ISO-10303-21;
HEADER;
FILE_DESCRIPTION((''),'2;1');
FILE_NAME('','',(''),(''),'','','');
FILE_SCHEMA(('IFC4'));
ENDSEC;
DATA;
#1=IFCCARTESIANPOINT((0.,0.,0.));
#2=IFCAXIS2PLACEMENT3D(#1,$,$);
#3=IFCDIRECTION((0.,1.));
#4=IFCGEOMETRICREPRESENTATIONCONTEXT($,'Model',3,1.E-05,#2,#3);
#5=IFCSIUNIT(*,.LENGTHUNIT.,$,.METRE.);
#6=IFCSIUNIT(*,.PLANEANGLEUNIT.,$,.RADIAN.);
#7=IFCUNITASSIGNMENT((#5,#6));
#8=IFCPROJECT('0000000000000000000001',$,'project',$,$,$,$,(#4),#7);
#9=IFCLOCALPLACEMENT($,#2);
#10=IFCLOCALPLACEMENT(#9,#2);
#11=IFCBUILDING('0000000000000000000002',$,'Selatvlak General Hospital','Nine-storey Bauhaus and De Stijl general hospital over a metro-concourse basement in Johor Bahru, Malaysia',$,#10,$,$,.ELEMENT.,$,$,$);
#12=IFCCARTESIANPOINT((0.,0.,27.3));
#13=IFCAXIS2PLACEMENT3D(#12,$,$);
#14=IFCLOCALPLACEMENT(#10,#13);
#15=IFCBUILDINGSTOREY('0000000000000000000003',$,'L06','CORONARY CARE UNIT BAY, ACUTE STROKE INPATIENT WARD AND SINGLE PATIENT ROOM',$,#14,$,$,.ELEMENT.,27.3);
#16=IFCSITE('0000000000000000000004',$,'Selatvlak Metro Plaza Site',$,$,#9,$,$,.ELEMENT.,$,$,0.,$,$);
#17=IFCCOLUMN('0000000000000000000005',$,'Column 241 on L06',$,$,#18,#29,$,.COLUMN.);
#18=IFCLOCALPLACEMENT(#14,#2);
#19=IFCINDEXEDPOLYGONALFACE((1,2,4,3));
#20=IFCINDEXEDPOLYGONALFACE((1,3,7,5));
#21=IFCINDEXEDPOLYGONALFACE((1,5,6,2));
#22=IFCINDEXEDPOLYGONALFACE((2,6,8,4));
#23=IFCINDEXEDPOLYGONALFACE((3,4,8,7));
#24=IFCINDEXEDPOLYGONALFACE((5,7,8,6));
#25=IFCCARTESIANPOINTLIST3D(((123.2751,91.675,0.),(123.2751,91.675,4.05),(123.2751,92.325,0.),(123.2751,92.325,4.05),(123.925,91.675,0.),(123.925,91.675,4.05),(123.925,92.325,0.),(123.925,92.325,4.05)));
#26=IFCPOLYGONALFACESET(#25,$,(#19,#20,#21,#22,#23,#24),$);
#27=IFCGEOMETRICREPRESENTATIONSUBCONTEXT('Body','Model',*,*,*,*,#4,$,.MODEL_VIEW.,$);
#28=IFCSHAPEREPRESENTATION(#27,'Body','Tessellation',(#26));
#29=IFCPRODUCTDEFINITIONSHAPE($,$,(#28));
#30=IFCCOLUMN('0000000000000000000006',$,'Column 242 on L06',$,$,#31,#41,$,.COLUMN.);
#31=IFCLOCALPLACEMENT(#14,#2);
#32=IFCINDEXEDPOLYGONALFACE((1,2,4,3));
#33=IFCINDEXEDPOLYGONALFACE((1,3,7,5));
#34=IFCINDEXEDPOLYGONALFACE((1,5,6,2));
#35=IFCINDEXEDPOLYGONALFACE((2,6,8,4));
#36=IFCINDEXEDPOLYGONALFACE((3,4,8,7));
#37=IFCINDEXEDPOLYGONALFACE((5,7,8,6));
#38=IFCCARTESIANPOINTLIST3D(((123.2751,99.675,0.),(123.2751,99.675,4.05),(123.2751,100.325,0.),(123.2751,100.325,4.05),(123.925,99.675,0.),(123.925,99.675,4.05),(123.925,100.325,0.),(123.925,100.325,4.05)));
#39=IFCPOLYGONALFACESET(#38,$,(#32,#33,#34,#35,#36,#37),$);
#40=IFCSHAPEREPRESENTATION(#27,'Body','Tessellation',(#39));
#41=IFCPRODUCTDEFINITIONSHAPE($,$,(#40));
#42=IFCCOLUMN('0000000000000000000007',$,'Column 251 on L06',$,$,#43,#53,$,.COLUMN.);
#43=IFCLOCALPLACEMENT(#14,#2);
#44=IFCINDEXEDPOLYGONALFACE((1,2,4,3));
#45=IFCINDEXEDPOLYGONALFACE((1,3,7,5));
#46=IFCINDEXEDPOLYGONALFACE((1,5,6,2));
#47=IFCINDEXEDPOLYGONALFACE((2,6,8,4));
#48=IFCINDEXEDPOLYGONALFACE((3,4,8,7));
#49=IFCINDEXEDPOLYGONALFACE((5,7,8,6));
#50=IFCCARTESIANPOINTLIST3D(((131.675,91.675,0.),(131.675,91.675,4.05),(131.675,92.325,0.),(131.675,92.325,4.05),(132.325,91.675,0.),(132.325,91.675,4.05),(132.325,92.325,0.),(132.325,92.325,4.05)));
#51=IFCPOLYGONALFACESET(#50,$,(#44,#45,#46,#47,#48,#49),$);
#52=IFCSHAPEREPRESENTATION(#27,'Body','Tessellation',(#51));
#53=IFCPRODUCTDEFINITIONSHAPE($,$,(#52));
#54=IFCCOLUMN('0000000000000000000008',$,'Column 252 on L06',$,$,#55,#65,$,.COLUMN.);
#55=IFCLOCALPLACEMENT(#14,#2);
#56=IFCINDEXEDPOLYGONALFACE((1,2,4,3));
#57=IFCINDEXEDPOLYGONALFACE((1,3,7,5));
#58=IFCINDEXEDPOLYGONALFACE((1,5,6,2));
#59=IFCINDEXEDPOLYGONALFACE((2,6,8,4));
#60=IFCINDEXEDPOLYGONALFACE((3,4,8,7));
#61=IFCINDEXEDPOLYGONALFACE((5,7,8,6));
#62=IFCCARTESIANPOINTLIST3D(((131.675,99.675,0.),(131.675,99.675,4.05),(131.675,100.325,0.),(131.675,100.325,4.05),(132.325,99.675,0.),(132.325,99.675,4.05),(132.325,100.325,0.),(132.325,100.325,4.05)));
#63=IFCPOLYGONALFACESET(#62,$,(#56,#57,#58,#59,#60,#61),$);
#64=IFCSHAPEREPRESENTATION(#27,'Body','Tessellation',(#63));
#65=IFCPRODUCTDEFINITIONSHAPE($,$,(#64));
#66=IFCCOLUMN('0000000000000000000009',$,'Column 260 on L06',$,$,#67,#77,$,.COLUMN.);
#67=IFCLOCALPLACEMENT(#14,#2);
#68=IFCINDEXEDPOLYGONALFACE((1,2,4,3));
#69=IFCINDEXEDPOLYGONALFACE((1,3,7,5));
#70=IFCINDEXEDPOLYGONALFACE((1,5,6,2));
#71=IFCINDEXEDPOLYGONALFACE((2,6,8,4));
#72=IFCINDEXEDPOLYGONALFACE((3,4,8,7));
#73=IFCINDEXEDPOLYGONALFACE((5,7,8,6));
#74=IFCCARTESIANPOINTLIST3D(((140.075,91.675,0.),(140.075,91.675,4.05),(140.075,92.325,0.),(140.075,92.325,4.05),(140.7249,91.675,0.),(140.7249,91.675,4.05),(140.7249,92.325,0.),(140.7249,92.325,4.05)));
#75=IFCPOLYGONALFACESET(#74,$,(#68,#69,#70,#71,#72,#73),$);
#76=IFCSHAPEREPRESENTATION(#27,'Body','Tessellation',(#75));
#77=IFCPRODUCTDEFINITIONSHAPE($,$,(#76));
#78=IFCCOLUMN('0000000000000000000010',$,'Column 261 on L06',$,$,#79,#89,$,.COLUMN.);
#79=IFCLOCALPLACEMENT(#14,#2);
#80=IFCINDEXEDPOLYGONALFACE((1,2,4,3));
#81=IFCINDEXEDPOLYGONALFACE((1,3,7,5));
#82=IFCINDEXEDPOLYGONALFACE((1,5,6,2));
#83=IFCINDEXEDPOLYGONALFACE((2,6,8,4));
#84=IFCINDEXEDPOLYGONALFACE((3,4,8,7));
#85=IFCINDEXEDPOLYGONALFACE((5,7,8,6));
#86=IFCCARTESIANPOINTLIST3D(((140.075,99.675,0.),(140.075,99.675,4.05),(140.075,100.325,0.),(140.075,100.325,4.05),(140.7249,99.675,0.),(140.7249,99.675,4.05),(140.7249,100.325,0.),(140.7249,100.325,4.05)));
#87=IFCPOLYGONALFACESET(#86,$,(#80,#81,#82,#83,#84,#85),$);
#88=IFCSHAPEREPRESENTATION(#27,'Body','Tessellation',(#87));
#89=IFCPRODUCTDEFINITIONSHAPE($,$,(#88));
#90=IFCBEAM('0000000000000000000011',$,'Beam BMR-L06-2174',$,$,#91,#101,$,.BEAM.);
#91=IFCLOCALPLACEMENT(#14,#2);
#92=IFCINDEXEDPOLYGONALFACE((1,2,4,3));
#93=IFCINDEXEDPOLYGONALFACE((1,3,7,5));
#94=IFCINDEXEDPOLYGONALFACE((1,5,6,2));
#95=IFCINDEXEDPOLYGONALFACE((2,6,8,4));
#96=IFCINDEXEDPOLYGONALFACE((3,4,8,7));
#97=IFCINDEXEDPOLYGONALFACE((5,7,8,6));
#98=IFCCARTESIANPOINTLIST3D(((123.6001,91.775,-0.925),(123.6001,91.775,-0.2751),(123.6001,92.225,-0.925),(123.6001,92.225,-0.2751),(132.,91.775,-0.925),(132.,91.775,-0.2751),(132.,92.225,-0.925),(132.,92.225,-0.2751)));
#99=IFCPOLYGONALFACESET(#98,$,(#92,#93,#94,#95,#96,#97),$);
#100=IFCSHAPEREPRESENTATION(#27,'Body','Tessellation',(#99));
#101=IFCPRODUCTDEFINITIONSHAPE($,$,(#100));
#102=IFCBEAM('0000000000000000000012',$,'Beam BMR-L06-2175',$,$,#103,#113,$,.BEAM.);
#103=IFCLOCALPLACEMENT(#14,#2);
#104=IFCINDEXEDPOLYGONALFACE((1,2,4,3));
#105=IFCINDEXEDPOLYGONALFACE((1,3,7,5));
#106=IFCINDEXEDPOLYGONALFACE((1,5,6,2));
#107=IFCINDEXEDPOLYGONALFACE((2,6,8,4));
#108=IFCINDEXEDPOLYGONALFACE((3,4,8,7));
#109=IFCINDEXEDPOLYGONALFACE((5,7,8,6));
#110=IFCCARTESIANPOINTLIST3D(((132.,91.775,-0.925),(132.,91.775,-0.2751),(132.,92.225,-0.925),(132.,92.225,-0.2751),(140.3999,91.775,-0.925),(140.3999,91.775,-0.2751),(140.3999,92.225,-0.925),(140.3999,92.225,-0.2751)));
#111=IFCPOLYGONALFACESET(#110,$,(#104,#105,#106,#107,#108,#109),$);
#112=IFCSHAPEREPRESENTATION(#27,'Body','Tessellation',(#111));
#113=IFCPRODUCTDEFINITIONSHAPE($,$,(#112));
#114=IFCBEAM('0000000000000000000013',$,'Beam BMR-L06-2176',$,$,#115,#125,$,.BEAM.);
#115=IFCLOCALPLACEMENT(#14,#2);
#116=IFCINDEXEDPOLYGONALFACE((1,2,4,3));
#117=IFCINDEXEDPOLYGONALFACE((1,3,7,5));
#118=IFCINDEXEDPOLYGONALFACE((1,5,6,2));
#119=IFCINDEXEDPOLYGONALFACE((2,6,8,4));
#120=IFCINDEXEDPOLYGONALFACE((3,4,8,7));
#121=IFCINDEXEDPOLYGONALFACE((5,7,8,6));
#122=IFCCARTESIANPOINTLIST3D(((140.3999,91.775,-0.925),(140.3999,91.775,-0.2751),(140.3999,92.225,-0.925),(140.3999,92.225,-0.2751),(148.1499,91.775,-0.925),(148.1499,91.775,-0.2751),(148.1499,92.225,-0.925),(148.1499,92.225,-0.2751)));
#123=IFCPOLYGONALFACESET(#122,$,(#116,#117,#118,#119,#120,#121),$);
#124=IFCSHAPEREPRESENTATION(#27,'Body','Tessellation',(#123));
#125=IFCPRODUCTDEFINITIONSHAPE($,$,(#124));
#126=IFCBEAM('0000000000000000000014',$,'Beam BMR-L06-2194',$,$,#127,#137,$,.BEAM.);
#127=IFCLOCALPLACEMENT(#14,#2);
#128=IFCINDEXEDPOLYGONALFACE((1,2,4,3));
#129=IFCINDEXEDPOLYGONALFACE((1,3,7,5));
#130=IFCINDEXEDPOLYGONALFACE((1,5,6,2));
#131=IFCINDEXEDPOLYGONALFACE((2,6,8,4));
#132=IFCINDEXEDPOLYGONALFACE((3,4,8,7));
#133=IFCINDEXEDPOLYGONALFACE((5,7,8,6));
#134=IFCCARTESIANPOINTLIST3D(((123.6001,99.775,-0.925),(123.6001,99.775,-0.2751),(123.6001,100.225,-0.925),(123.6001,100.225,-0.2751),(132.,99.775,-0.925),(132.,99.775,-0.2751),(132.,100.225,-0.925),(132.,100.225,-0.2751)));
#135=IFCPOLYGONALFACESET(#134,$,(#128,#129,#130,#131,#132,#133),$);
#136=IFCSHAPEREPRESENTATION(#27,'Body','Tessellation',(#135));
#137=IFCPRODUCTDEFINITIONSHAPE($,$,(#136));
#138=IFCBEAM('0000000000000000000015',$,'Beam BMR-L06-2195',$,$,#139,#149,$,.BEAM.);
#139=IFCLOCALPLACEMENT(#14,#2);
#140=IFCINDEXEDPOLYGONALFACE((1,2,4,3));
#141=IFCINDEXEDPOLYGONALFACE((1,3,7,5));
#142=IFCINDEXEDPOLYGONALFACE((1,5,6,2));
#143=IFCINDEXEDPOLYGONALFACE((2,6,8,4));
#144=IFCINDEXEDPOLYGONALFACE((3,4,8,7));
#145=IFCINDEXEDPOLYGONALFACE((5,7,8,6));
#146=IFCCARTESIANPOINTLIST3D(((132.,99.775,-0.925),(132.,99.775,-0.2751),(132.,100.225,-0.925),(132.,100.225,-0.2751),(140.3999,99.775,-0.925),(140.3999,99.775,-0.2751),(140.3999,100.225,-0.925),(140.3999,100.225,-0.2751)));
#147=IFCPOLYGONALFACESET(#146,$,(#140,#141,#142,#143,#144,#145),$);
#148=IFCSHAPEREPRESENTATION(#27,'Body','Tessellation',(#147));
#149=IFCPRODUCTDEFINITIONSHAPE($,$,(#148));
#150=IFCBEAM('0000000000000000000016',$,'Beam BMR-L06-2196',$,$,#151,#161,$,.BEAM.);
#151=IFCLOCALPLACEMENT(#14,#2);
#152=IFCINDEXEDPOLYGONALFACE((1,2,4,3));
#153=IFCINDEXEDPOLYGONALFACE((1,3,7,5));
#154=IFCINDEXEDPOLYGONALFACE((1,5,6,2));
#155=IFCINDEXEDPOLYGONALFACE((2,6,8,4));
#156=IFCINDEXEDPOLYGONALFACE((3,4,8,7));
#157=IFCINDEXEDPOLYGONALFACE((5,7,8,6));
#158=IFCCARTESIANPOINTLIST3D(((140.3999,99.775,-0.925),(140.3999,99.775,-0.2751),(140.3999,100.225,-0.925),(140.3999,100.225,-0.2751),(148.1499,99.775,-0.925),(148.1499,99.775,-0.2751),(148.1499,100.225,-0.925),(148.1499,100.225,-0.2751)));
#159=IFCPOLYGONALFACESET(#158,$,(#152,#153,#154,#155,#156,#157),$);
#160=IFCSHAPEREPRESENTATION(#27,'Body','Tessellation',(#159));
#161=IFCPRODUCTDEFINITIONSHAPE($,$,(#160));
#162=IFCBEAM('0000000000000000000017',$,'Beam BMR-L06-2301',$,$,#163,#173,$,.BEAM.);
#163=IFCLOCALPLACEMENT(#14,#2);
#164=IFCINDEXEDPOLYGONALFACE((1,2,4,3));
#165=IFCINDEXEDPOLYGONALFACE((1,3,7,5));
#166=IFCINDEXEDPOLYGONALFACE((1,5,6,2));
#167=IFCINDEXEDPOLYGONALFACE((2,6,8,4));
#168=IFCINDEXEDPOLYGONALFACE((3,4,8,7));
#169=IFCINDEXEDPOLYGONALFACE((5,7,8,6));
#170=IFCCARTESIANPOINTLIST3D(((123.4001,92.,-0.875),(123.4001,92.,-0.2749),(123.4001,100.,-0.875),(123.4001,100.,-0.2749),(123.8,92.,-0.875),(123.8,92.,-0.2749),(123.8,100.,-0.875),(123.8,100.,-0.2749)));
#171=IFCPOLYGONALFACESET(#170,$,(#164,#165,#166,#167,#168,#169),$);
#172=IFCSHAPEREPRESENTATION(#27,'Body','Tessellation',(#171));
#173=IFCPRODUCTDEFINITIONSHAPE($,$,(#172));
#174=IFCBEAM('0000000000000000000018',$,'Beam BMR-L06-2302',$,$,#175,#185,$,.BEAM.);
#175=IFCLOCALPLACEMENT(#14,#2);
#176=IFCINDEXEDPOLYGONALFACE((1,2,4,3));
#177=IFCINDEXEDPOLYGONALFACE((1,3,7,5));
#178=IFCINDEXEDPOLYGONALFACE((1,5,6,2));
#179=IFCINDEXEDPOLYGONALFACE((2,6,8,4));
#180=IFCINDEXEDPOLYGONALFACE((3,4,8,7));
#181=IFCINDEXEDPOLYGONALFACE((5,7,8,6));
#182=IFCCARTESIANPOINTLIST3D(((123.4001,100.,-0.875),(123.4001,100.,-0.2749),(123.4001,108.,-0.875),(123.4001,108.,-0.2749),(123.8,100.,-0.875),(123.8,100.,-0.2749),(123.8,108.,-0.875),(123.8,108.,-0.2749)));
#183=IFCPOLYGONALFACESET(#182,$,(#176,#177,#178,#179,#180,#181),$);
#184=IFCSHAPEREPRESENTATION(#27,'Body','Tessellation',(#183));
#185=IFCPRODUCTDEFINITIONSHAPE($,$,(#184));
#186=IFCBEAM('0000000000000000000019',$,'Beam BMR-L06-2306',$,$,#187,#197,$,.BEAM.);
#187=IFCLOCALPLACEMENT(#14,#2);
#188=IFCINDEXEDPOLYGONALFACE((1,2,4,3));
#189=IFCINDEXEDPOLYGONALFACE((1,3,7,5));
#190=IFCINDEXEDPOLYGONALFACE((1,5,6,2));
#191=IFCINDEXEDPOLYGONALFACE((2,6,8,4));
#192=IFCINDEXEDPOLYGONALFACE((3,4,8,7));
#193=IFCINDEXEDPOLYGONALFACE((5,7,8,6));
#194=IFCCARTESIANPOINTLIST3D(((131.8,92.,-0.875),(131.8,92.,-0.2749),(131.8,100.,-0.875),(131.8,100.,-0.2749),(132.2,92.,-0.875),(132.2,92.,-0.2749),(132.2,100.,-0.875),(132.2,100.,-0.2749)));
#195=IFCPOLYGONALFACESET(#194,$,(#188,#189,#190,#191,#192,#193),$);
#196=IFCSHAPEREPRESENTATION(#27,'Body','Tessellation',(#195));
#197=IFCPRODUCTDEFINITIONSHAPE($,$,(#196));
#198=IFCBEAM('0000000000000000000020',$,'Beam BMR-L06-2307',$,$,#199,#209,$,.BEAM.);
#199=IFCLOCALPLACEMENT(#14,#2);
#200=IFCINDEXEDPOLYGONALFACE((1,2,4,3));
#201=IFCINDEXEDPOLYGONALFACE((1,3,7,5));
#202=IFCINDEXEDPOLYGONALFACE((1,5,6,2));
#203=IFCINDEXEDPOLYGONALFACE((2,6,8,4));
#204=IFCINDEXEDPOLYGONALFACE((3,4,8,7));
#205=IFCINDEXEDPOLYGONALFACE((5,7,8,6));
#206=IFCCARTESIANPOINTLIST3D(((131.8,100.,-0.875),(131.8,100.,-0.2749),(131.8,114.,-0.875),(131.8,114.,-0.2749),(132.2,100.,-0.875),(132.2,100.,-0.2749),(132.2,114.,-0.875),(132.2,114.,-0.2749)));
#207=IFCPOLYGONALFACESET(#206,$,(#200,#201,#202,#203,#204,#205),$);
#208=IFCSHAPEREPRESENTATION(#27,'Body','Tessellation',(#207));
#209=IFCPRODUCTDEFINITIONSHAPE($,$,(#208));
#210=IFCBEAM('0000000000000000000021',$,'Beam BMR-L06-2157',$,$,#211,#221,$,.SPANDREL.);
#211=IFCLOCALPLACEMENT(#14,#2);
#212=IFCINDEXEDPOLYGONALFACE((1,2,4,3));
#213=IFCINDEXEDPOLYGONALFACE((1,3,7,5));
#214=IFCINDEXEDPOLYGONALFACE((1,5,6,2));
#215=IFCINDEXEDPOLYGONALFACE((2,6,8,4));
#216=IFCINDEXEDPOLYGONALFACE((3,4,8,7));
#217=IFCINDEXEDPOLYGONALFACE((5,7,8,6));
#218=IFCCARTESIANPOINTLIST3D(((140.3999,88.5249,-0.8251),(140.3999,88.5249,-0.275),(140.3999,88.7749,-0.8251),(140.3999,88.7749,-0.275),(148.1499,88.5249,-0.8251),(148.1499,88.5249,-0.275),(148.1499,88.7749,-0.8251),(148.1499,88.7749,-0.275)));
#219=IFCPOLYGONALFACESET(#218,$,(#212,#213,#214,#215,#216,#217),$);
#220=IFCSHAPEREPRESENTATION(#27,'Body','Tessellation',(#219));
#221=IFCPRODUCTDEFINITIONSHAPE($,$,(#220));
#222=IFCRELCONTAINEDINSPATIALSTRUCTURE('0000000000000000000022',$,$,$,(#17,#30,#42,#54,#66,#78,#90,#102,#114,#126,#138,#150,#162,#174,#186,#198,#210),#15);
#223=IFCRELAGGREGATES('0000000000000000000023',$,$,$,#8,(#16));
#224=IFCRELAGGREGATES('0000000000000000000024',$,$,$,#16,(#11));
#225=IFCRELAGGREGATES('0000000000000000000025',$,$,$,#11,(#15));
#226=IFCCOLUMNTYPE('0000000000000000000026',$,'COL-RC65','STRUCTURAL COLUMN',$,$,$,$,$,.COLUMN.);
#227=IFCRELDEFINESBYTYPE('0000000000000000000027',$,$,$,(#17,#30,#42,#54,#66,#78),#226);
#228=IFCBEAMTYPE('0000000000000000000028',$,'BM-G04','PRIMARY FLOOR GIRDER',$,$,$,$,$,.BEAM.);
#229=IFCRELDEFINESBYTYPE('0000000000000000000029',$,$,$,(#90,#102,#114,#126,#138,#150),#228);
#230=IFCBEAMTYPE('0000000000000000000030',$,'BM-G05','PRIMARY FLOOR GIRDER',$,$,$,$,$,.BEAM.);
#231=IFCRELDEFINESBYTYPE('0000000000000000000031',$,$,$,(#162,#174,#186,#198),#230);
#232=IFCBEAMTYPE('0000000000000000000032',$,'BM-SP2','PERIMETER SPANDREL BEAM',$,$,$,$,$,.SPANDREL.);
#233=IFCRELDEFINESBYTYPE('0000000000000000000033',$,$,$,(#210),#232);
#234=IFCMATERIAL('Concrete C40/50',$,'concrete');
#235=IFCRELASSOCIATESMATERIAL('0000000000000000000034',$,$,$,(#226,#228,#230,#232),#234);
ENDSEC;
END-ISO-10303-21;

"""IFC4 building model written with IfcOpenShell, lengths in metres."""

from ifc_helpers import new_model, si_unit, direction, frame, origin, origin_2d, place, context, subcontext, project, spatial, rectangle, extrude, material, material_profile, profile_set, type_object, element, save


model = new_model("IFC4")

# Units and contexts
model_context = context("Model", 3, precision=1e-05, world=origin(), true_north=direction((0.0, 1.0)))
body_context = subcontext(model_context, "Body", "Model", "MODEL_VIEW")
ifc_project = project(units=[si_unit("LENGTHUNIT", "METRE"), si_unit("PLANEANGLEUNIT", "RADIAN")], contexts=[model_context])

# Site, building, storey
site_placement = place(None, origin())
site = spatial("IfcSite", under=ifc_project, at=site_placement, Name="Selatvlak Metro Plaza Site", CompositionType="ELEMENT", RefElevation=0.0)
building_placement = place(site_placement, origin())
building = spatial("IfcBuilding", under=site, at=building_placement, Name="Selatvlak General Hospital", Description="Nine-storey Bauhaus and De Stijl general hospital over a metro-concourse basement in Johor Bahru, Malaysia", CompositionType="ELEMENT")
storey_placement = place(building_placement, frame((0.0, 0.0, 27.3)))
storey = spatial("IfcBuildingStorey", under=building, at=storey_placement, Name="L06", Description="CORONARY CARE UNIT BAY, ACUTE STROKE INPATIENT WARD AND SINGLE PATIENT ROOM", CompositionType="ELEMENT", Elevation=27.3)

# Columns
ifc_material_1 = material(Name="Concrete C40/50", Category="concrete")
ifc_material_profile_1 = material_profile(ifc_material_1, rectangle(XDim=0.6499, YDim=0.6499, at=origin_2d()), Name="RC-COL 650x650")
ifc_profile_set_1 = profile_set([ifc_material_profile_1], Name="Concrete C40/50")
column_type = type_object("IfcColumnType", Name="COL-RC65", Description="STRUCTURAL COLUMN", PredefinedType="COLUMN", material=ifc_profile_set_1)
for number, where, z_axis, x_axis, name in (
    (1, (123.6001, 92.0, 0.0), (0.0, 0.0, 1.0), (1.0, 0.0, 0.0), "Column 241 on L06"),
    (2, (123.6001, 100.0, 0.0), (0.0, 0.0, 1.0), (1.0, 0.0, 0.0), "Column 242 on L06"),
    (3, (132.0, 92.0, 0.0), (0.0, 0.0, 1.0), (1.0, 0.0, 0.0), "Column 251 on L06"),
    (4, (132.0, 100.0, 0.0), (0.0, 0.0, 1.0), (1.0, 0.0, 0.0), "Column 252 on L06"),
    (5, (140.3999, 92.0, 0.0), (0.0, 0.0, 1.0), (1.0, 0.0, 0.0), "Column 260 on L06"),
    (6, (140.3999, 100.0, 0.0), (0.0, 0.0, 1.0), (1.0, 0.0, 0.0), "Column 261 on L06"),
):
    element("IfcColumn", number, at=place(storey_placement, frame(where, z_axis=z_axis, x_axis=x_axis)), inside=storey, type_object=column_type, Name=name, PredefinedType="COLUMN", context=body_context, shape_type="SweptSolid", body=[
        extrude(rectangle(XDim=0.6499, YDim=0.6499, at=origin_2d()), origin(), (0.0, 0.0, 1.0), 4.05),
    ])

# Beams
ifc_material_profile_2 = material_profile(ifc_material_1, rectangle(XDim=0.45, YDim=0.6499, at=origin_2d()), Name="RC-BM 450x650")
ifc_profile_set_2 = profile_set([ifc_material_profile_2], Name="Concrete C40/50")
beam_type_1 = type_object("IfcBeamType", Name="BM-G04", Description="PRIMARY FLOOR GIRDER", PredefinedType="BEAM", material=ifc_profile_set_2)
for number, where, z_axis, x_axis, name in (
    (7, (123.6001, 92.0, -0.6001), (1.0, 0.0, 0.0), (0.0, 1.0, 0.0), "Beam BMR-L06-2174"),
    (8, (132.0, 92.0, -0.6001), (1.0, 0.0, 0.0), (0.0, 1.0, 0.0), "Beam BMR-L06-2175"),
):
    element("IfcBeam", number, at=place(storey_placement, frame(where, z_axis=z_axis, x_axis=x_axis)), inside=storey, type_object=beam_type_1, Name=name, PredefinedType="BEAM", context=body_context, shape_type="SweptSolid", body=[
        extrude(rectangle(XDim=0.45, YDim=0.6499, at=origin_2d()), origin(), (0.0, 0.0, 1.0), 8.3999),
    ])
beam_1_placement = place(storey_placement, frame((140.3999, 92.0, -0.6001), z_axis=(1.0, 0.0, 0.0), x_axis=(0.0, 1.0, 0.0)))
element("IfcBeam", 9, at=beam_1_placement, inside=storey, type_object=beam_type_1, Name="Beam BMR-L06-2176", PredefinedType="BEAM", context=body_context, shape_type="SweptSolid", body=[
    extrude(rectangle(XDim=0.45, YDim=0.6499, at=origin_2d()), origin(), (0.0, 0.0, 1.0), 7.75),
])
for number, where, z_axis, x_axis, name in (
    (10, (123.6001, 100.0, -0.6001), (1.0, 0.0, 0.0), (0.0, 1.0, 0.0), "Beam BMR-L06-2194"),
    (11, (132.0, 100.0, -0.6001), (1.0, 0.0, 0.0), (0.0, 1.0, 0.0), "Beam BMR-L06-2195"),
):
    element("IfcBeam", number, at=place(storey_placement, frame(where, z_axis=z_axis, x_axis=x_axis)), inside=storey, type_object=beam_type_1, Name=name, PredefinedType="BEAM", context=body_context, shape_type="SweptSolid", body=[
        extrude(rectangle(XDim=0.45, YDim=0.6499, at=origin_2d()), origin(), (0.0, 0.0, 1.0), 8.3999),
    ])
beam_2_placement = place(storey_placement, frame((140.3999, 100.0, -0.6001), z_axis=(1.0, 0.0, 0.0), x_axis=(0.0, 1.0, 0.0)))
element("IfcBeam", 12, at=beam_2_placement, inside=storey, type_object=beam_type_1, Name="Beam BMR-L06-2196", PredefinedType="BEAM", context=body_context, shape_type="SweptSolid", body=[
    extrude(rectangle(XDim=0.45, YDim=0.6499, at=origin_2d()), origin(), (0.0, 0.0, 1.0), 7.75),
])
ifc_material_profile_3 = material_profile(ifc_material_1, rectangle(XDim=0.3999, YDim=0.6001, at=origin_2d()), Name="RC-BM 400x600")
ifc_profile_set_3 = profile_set([ifc_material_profile_3], Name="Concrete C40/50")
beam_type_2 = type_object("IfcBeamType", Name="BM-G05", Description="PRIMARY FLOOR GIRDER", PredefinedType="BEAM", material=ifc_profile_set_3)
for number, where, z_axis, x_axis, name in (
    (13, (123.6001, 92.0, -0.575), (0.0, 1.0, 0.0), (-1.0, 0.0, 0.0), "Beam BMR-L06-2301"),
    (14, (123.6001, 100.0, -0.575), (0.0, 1.0, 0.0), (-1.0, 0.0, 0.0), "Beam BMR-L06-2302"),
    (15, (132.0, 92.0, -0.575), (0.0, 1.0, 0.0), (-1.0, 0.0, 0.0), "Beam BMR-L06-2306"),
):
    element("IfcBeam", number, at=place(storey_placement, frame(where, z_axis=z_axis, x_axis=x_axis)), inside=storey, type_object=beam_type_2, Name=name, PredefinedType="BEAM", context=body_context, shape_type="SweptSolid", body=[
        extrude(rectangle(XDim=0.3999, YDim=0.6001, at=origin_2d()), origin(), (0.0, 0.0, 1.0), 8.0),
    ])
beam_3_placement = place(storey_placement, frame((132.0, 100.0, -0.575), z_axis=(0.0, 1.0, 0.0), x_axis=(-1.0, 0.0, 0.0)))
element("IfcBeam", 16, at=beam_3_placement, inside=storey, type_object=beam_type_2, Name="Beam BMR-L06-2307", PredefinedType="BEAM", context=body_context, shape_type="SweptSolid", body=[
    extrude(rectangle(XDim=0.3999, YDim=0.6001, at=origin_2d()), origin(), (0.0, 0.0, 1.0), 14.0),
])
ifc_material_profile_4 = material_profile(ifc_material_1, rectangle(XDim=0.25, YDim=0.55, at=origin_2d()), Name="RC-SP 250x550")
ifc_profile_set_4 = profile_set([ifc_material_profile_4], Name="Concrete C40/50")
beam_type_3 = type_object("IfcBeamType", Name="BM-SP2", Description="PERIMETER SPANDREL BEAM", PredefinedType="SPANDREL", material=ifc_profile_set_4)
beam_4_placement = place(storey_placement, frame((140.3999, 88.6499, -0.55), z_axis=(1.0, 0.0, 0.0), x_axis=(0.0, 1.0, 0.0)))
element("IfcBeam", 17, at=beam_4_placement, inside=storey, type_object=beam_type_3, Name="Beam BMR-L06-2157", PredefinedType="SPANDREL", context=body_context, shape_type="SweptSolid", body=[
    extrude(rectangle(XDim=0.25, YDim=0.55, at=origin_2d()), origin(), (0.0, 0.0, 1.0), 7.75),
])

save(model, "model.ifc")
